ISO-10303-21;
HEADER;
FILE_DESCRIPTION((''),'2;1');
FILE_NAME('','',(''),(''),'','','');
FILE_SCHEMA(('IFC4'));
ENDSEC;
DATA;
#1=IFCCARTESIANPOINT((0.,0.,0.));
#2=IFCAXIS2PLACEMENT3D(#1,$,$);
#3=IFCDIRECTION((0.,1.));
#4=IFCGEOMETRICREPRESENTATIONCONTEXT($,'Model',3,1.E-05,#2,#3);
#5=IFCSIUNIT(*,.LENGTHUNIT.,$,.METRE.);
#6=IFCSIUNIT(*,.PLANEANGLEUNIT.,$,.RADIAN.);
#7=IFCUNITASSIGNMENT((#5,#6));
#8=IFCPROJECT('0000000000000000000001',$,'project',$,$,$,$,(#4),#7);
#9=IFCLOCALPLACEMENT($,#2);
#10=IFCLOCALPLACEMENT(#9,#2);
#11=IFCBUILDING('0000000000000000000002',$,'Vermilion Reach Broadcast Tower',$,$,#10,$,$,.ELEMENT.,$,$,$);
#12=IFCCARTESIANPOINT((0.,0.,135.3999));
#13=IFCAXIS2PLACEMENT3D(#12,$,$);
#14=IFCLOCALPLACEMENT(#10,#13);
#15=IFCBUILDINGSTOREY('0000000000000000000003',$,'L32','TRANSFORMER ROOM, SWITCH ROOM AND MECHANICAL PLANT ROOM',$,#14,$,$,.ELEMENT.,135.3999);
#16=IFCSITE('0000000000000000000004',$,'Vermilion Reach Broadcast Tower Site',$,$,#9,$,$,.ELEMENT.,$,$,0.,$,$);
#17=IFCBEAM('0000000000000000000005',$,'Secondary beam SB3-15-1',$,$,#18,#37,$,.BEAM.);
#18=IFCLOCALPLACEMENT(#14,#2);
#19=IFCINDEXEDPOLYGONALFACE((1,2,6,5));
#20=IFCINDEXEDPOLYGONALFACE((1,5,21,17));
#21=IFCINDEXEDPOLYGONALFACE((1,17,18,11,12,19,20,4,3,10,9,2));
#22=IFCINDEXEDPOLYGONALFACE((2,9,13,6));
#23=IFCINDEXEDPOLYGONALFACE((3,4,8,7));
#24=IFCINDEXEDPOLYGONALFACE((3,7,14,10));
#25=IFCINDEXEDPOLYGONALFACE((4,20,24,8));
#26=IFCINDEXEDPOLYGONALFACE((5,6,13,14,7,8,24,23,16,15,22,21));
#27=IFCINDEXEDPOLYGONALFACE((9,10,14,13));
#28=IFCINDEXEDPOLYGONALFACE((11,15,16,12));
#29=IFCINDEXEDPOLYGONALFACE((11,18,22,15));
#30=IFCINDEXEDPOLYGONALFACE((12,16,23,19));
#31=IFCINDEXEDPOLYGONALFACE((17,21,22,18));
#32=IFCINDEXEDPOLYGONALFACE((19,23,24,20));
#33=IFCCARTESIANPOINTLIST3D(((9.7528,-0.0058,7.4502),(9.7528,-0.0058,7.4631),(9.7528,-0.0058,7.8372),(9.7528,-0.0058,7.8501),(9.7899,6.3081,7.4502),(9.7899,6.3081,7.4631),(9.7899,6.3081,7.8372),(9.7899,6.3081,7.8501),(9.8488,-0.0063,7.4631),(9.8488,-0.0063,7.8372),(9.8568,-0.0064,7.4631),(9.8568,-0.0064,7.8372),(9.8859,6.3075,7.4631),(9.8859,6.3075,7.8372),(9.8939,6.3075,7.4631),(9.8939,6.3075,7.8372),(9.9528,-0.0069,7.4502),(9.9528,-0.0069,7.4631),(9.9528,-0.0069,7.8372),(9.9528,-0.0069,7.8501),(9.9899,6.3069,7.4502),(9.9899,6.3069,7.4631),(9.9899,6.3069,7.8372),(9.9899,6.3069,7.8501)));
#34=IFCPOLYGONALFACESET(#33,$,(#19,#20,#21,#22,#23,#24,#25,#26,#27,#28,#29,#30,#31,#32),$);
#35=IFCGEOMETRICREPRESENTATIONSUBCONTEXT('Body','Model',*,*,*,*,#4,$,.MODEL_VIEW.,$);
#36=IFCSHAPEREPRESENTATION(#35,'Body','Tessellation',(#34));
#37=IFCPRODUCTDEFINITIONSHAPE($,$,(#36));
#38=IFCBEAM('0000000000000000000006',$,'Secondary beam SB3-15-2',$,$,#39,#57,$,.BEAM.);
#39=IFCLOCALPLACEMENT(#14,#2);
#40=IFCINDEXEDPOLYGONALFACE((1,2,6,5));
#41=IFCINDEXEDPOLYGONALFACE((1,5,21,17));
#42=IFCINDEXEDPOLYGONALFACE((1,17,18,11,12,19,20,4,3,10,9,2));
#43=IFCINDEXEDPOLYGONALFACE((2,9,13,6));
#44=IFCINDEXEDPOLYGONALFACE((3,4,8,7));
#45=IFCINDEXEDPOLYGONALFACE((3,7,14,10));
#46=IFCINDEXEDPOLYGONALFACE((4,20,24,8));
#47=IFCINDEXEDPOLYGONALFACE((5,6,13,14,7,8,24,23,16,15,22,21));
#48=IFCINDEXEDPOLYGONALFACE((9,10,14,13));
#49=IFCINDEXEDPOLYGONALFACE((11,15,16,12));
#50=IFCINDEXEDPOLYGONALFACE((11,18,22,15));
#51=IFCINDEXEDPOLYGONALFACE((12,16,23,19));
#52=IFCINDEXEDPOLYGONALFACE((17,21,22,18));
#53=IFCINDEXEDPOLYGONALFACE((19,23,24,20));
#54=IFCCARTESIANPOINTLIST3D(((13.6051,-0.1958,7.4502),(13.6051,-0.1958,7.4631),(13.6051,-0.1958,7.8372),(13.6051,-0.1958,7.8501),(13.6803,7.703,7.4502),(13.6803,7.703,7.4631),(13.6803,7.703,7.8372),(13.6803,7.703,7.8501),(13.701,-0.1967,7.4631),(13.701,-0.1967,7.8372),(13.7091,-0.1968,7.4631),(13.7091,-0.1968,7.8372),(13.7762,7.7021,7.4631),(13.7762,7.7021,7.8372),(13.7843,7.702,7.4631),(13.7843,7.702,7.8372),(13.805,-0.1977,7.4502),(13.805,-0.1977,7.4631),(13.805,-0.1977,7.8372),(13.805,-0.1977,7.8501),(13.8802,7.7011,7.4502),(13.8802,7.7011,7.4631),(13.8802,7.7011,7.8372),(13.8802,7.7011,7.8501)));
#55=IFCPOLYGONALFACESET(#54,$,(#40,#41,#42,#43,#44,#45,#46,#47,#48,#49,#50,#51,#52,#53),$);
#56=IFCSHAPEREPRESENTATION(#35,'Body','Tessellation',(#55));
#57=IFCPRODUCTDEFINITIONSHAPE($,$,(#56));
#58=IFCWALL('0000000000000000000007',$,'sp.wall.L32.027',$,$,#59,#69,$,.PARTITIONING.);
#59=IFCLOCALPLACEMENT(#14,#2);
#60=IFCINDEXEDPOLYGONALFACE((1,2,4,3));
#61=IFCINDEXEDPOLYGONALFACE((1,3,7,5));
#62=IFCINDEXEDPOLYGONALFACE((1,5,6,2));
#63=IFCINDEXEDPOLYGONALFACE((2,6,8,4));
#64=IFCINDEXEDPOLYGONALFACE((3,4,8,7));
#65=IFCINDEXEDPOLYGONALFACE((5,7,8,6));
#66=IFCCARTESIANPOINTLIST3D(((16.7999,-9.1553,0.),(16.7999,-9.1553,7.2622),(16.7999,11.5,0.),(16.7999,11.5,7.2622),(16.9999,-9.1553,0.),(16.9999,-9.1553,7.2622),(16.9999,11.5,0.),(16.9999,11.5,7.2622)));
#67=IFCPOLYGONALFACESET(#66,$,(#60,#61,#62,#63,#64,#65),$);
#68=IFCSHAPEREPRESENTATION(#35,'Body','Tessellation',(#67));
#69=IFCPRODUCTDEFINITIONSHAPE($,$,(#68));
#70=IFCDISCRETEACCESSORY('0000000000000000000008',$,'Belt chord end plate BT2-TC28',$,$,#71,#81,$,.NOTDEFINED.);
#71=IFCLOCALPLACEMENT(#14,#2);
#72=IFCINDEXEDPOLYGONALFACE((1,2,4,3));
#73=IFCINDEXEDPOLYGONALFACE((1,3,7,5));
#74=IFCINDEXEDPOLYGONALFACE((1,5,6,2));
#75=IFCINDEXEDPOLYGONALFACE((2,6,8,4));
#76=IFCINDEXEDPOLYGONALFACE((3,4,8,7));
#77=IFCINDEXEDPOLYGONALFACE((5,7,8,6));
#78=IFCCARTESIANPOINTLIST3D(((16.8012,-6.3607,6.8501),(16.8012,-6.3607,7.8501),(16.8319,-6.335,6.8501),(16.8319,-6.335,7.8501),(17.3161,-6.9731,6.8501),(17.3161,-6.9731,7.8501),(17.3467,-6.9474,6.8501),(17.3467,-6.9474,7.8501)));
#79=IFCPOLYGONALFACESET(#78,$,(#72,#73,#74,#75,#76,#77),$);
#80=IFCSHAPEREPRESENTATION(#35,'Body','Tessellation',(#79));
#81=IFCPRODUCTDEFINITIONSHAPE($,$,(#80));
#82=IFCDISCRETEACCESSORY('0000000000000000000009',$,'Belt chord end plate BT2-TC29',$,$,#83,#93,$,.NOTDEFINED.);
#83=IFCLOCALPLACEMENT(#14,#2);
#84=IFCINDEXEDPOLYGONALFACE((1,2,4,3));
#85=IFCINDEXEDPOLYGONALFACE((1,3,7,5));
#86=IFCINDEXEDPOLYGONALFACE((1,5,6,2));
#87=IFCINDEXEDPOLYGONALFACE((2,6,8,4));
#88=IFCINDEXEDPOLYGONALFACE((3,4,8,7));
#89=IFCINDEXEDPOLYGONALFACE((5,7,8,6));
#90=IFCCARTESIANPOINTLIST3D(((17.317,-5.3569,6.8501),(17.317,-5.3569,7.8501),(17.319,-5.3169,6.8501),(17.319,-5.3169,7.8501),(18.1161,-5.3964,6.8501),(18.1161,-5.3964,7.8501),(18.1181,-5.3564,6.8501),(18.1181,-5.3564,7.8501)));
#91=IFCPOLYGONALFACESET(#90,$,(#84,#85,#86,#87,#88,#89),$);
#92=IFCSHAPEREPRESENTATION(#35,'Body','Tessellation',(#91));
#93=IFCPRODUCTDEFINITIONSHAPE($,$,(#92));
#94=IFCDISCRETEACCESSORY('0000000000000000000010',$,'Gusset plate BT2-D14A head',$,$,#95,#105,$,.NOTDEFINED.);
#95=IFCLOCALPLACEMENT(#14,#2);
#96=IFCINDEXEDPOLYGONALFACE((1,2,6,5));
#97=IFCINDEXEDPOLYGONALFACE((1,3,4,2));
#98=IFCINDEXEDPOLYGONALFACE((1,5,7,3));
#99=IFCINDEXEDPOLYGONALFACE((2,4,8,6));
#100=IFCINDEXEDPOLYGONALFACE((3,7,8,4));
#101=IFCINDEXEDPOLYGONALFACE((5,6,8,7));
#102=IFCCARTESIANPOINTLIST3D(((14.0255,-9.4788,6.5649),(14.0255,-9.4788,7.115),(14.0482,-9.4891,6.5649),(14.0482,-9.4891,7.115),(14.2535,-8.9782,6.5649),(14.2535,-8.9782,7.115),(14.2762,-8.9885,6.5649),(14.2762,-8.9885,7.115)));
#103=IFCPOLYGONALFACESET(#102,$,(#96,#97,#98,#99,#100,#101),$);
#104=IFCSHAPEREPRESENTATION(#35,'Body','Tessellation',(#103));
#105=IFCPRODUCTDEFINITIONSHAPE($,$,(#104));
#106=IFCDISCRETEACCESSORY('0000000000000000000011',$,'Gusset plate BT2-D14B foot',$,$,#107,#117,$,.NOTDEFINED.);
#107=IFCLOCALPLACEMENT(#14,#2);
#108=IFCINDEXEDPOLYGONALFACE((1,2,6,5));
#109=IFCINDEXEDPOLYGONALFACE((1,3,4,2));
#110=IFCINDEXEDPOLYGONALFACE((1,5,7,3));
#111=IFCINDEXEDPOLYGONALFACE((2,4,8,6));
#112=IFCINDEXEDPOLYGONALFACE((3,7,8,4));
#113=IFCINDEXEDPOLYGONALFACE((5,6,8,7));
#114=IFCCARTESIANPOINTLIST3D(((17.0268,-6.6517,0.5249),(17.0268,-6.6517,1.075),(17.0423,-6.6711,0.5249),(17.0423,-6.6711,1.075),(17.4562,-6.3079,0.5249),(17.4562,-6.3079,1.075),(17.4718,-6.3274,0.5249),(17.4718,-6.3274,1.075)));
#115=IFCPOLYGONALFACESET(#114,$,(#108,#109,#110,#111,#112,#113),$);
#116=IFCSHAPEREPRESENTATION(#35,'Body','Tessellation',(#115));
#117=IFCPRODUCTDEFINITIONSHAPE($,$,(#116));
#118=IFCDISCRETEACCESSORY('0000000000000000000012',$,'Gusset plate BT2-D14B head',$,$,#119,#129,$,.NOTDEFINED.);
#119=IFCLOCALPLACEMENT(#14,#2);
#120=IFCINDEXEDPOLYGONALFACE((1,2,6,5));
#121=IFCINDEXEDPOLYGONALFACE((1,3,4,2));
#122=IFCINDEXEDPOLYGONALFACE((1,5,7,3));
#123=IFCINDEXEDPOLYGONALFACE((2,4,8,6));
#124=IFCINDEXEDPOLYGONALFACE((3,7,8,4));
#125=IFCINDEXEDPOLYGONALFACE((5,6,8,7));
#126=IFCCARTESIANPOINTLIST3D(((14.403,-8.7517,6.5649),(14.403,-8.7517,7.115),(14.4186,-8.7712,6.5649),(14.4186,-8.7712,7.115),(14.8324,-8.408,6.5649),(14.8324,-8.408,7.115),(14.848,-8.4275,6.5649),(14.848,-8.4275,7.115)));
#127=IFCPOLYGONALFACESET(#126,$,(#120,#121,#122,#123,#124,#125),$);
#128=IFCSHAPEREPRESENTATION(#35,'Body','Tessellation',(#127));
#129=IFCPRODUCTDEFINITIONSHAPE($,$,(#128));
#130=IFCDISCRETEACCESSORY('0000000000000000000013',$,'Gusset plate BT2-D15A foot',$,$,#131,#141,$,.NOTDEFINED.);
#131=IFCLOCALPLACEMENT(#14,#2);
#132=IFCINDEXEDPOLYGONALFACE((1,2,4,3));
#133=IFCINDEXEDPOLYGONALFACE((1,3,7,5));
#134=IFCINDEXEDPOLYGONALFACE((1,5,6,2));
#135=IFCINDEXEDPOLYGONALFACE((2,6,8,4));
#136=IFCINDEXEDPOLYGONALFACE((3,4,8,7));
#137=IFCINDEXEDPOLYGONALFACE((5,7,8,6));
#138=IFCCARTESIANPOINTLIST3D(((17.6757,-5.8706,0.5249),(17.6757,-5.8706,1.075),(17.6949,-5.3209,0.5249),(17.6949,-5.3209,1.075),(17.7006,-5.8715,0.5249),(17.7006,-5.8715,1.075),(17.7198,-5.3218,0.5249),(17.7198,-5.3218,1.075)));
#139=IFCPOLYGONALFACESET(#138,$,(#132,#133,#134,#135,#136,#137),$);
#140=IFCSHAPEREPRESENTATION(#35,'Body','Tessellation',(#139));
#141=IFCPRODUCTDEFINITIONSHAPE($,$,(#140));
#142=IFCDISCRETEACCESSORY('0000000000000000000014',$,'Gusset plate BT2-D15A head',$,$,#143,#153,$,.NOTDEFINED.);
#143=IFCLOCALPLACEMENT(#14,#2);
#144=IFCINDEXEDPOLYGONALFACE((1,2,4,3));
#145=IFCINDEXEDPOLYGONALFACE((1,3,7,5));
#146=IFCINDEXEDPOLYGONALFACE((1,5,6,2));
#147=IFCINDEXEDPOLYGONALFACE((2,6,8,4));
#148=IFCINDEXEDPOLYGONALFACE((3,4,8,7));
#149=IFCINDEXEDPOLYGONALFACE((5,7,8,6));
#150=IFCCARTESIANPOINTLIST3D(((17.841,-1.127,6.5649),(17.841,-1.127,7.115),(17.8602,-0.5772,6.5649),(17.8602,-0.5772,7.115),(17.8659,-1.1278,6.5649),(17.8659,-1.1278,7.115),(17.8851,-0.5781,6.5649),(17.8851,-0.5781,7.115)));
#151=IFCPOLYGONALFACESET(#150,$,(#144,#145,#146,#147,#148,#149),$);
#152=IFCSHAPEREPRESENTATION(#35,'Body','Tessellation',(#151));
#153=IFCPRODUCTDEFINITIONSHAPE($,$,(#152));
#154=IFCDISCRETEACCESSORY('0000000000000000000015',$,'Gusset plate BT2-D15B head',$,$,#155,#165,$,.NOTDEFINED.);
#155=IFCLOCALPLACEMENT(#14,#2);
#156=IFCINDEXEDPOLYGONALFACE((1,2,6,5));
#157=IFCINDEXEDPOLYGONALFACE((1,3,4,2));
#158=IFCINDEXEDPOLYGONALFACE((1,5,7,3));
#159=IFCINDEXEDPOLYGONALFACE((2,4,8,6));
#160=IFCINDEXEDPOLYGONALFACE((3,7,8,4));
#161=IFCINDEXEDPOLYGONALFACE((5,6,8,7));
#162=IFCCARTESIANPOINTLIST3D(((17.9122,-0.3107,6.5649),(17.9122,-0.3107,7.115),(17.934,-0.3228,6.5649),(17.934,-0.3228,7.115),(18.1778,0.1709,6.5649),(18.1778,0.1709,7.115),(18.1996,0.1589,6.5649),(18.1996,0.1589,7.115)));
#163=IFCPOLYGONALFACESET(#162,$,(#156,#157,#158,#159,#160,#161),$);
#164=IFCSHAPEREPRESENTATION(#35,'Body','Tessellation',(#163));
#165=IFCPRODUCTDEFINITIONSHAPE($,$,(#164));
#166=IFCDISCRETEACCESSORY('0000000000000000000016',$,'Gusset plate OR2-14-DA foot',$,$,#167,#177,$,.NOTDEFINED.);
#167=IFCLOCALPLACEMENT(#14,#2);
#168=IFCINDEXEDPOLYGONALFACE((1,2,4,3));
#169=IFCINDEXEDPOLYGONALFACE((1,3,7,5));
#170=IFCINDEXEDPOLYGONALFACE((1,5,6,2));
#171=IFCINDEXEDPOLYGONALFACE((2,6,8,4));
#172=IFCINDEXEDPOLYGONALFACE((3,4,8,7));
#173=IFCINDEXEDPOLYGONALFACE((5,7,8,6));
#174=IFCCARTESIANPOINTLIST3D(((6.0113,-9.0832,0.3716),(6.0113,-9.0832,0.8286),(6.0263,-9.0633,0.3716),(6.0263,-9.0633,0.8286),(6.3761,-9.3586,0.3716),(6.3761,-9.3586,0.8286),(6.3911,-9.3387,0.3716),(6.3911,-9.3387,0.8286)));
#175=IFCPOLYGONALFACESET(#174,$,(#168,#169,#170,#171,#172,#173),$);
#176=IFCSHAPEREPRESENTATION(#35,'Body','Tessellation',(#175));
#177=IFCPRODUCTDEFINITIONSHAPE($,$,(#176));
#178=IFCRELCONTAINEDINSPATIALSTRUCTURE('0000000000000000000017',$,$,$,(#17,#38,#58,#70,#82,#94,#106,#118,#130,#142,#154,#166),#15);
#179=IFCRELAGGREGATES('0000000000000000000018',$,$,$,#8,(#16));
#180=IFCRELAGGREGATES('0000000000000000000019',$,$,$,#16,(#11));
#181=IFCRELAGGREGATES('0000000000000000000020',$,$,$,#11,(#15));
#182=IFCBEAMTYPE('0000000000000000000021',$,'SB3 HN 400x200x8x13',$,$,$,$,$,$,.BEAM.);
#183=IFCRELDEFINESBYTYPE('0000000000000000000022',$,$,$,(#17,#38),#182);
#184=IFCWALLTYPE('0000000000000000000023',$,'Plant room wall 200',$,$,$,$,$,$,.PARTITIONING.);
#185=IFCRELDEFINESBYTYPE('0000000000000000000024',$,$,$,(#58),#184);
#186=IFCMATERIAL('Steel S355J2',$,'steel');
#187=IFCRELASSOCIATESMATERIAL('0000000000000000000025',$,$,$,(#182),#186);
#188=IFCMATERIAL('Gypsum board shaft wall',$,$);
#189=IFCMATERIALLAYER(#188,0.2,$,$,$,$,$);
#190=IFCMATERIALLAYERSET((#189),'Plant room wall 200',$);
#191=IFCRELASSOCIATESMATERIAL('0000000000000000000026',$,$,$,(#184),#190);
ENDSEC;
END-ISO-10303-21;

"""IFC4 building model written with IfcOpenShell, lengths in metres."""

from ifc_helpers import new_model, si_unit, direction, frame, frame_2d, origin, origin_2d, place, context, subcontext, project, spatial, rectangle, i_section, extrude, material, layer, layer_set, material_profile, profile_set, type_object, element, save


model = new_model("IFC4")

# Units and contexts
model_context = context("Model", 3, precision=1e-05, world=origin(), true_north=direction((0.0, 1.0)))
body_context = subcontext(model_context, "Body", "Model", "MODEL_VIEW")
ifc_project = project(units=[si_unit("LENGTHUNIT", "METRE"), si_unit("PLANEANGLEUNIT", "RADIAN")], contexts=[model_context])

# Site, building, storey
site_placement = place(None, origin())
site = spatial("IfcSite", under=ifc_project, at=site_placement, Name="Vermilion Reach Broadcast Tower Site", CompositionType="ELEMENT", RefElevation=0.0)
building_placement = place(site_placement, origin())
building = spatial("IfcBuilding", under=site, at=building_placement, Name="Vermilion Reach Broadcast Tower", CompositionType="ELEMENT")
storey_placement = place(building_placement, frame((0.0, 0.0, 135.3999)))
storey = spatial("IfcBuildingStorey", under=building, at=storey_placement, Name="L32", Description="TRANSFORMER ROOM, SWITCH ROOM AND MECHANICAL PLANT ROOM", CompositionType="ELEMENT", Elevation=135.3999)

# Beams
ifc_material_1 = material(Name="Steel S355J2", Category="steel")
ifc_material_profile_1 = material_profile(ifc_material_1, i_section(OverallWidth=0.2, OverallDepth=0.3999, WebThickness=0.0081, FlangeThickness=0.0129, at=origin_2d()), Name="S355J2 HN 400x200x8x13")
ifc_profile_set_1 = profile_set([ifc_material_profile_1], Name="Steel S355J2")
beam_type_1 = type_object("IfcBeamType", Name="SB3 HN 400x200x8x13", PredefinedType="BEAM", material=ifc_profile_set_1)
beam_1_placement = place(storey_placement, frame((9.8528, -0.0063, 7.6501), z_axis=(0.005877, 0.999983, 0.0), x_axis=(-0.999983, 0.005877, 0.0)))
element("IfcBeam", 1, at=beam_1_placement, inside=storey, type_object=beam_type_1, Name="Secondary beam SB3-15-1", PredefinedType="BEAM", context=body_context, shape_type="SweptSolid", body=[
    extrude(i_section(OverallWidth=0.2, OverallDepth=0.3999, WebThickness=0.0081, FlangeThickness=0.0129, at=origin_2d()), origin(), (0.0, 0.0, 1.0), 6.314),
])
beam_2_placement = place(storey_placement, frame((13.7051, -0.1968, 7.6501), z_axis=(0.009519, 0.999955, 0.0), x_axis=(-0.999955, 0.009519, 0.0)))
element("IfcBeam", 2, at=beam_2_placement, inside=storey, type_object=beam_type_1, Name="Secondary beam SB3-15-2", PredefinedType="BEAM", context=body_context, shape_type="SweptSolid", body=[
    extrude(i_section(OverallWidth=0.2, OverallDepth=0.3999, WebThickness=0.0081, FlangeThickness=0.0129, at=origin_2d()), origin(), (0.0, 0.0, 1.0), 7.8992),
])

# Wall
ifc_material_2 = material(Name="Gypsum board shaft wall")
ifc_layer = layer(ifc_material_2, 0.2)
ifc_layer_set = layer_set([ifc_layer], Name="Plant room wall 200")
wall_type = type_object("IfcWallType", Name="Plant room wall 200", PredefinedType="PARTITIONING", material=ifc_layer_set)
wall_placement = place(storey_placement, frame((16.8999, -9.1553, 0.0), z_axis=(0.0, 0.0, 1.0), x_axis=(0.0, 1.0, 0.0)))
element("IfcWall", 3, at=wall_placement, inside=storey, type_object=wall_type, Name="sp.wall.L32.027", PredefinedType="PARTITIONING", context=body_context, shape_type="SweptSolid", body=[
    extrude(rectangle(XDim=20.6553, YDim=0.2, at=frame_2d((10.3276, 0.0))), origin(), (0.0, 0.0, 1.0), 7.2622),
])

# Discrete accessories
for number, where, z_axis, x_axis, name in (
    (4, (17.074, -6.6541, 6.8501), (0.0, 0.0, 1.0), (0.765473, 0.643467, 0.0), "Belt chord end plate BT2-TC28"),
    (5, (17.7175, -5.3567, 6.8501), (0.0, 0.0, 1.0), (-0.049371, -0.998781, 0.0), "Belt chord end plate BT2-TC29"),
):
    element("IfcDiscreteAccessory", number, at=place(storey_placement, frame(where, z_axis=z_axis, x_axis=x_axis)), inside=storey, Name=name, PredefinedType="NOTDEFINED", context=body_context, shape_type="SweptSolid", body=[
        extrude(rectangle(XDim=0.04, YDim=0.8, at=origin_2d()), origin(), (0.0, 0.0, 1.0), 1.0),
    ])
for number, where, z_axis, x_axis, name in (
    (6, (14.1509, -9.2336, 6.5649), (0.0, 0.0, 1.0), (-0.910046, 0.414507, 0.0), "Gusset plate BT2-D14A head"),
    (7, (17.2493, -6.4895, 0.5249), (0.0, 0.0, 1.0), (0.624922, -0.780687, 0.0), "Gusset plate BT2-D14B foot"),
    (8, (14.6255, -8.5896, 6.5649), (0.0, 0.0, 1.0), (0.624922, -0.780687, 0.0), "Gusset plate BT2-D14B head"),
    (9, (17.6978, -5.5962, 0.5249), (0.0, 0.0, 1.0), (-0.999393, 0.034832, 0.0), "Gusset plate BT2-D15A foot"),
    (10, (17.863, -0.8525, 6.5649), (0.0, 0.0, 1.0), (-0.999393, 0.034832, 0.0), "Gusset plate BT2-D15A head"),
    (11, (18.0559, -0.0759, 6.5649), (0.0, 0.0, 1.0), (0.875633, -0.482978, 0.0), "Gusset plate BT2-D15B head"),
):
    element("IfcDiscreteAccessory", number, at=place(storey_placement, frame(where, z_axis=z_axis, x_axis=x_axis)), inside=storey, Name=name, PredefinedType="NOTDEFINED", context=body_context, shape_type="SweptSolid", body=[
        extrude(rectangle(XDim=0.0249, YDim=0.55, at=origin_2d()), origin(), (0.0, 0.0, 1.0), 0.55),
    ])
discrete_accessory_placement = place(storey_placement, frame((6.2012, -9.2109, 0.3716), z_axis=(0.0, 0.0, 1.0), x_axis=(0.602512, 0.79811, 0.0)))
element("IfcDiscreteAccessory", 12, at=discrete_accessory_placement, inside=storey, Name="Gusset plate OR2-14-DA foot", PredefinedType="NOTDEFINED", context=body_context, shape_type="SweptSolid", body=[
    extrude(rectangle(XDim=0.0249, YDim=0.457, at=origin_2d()), origin(), (0.0, 0.0, 1.0), 0.457),
])

save(model, "model.ifc")
